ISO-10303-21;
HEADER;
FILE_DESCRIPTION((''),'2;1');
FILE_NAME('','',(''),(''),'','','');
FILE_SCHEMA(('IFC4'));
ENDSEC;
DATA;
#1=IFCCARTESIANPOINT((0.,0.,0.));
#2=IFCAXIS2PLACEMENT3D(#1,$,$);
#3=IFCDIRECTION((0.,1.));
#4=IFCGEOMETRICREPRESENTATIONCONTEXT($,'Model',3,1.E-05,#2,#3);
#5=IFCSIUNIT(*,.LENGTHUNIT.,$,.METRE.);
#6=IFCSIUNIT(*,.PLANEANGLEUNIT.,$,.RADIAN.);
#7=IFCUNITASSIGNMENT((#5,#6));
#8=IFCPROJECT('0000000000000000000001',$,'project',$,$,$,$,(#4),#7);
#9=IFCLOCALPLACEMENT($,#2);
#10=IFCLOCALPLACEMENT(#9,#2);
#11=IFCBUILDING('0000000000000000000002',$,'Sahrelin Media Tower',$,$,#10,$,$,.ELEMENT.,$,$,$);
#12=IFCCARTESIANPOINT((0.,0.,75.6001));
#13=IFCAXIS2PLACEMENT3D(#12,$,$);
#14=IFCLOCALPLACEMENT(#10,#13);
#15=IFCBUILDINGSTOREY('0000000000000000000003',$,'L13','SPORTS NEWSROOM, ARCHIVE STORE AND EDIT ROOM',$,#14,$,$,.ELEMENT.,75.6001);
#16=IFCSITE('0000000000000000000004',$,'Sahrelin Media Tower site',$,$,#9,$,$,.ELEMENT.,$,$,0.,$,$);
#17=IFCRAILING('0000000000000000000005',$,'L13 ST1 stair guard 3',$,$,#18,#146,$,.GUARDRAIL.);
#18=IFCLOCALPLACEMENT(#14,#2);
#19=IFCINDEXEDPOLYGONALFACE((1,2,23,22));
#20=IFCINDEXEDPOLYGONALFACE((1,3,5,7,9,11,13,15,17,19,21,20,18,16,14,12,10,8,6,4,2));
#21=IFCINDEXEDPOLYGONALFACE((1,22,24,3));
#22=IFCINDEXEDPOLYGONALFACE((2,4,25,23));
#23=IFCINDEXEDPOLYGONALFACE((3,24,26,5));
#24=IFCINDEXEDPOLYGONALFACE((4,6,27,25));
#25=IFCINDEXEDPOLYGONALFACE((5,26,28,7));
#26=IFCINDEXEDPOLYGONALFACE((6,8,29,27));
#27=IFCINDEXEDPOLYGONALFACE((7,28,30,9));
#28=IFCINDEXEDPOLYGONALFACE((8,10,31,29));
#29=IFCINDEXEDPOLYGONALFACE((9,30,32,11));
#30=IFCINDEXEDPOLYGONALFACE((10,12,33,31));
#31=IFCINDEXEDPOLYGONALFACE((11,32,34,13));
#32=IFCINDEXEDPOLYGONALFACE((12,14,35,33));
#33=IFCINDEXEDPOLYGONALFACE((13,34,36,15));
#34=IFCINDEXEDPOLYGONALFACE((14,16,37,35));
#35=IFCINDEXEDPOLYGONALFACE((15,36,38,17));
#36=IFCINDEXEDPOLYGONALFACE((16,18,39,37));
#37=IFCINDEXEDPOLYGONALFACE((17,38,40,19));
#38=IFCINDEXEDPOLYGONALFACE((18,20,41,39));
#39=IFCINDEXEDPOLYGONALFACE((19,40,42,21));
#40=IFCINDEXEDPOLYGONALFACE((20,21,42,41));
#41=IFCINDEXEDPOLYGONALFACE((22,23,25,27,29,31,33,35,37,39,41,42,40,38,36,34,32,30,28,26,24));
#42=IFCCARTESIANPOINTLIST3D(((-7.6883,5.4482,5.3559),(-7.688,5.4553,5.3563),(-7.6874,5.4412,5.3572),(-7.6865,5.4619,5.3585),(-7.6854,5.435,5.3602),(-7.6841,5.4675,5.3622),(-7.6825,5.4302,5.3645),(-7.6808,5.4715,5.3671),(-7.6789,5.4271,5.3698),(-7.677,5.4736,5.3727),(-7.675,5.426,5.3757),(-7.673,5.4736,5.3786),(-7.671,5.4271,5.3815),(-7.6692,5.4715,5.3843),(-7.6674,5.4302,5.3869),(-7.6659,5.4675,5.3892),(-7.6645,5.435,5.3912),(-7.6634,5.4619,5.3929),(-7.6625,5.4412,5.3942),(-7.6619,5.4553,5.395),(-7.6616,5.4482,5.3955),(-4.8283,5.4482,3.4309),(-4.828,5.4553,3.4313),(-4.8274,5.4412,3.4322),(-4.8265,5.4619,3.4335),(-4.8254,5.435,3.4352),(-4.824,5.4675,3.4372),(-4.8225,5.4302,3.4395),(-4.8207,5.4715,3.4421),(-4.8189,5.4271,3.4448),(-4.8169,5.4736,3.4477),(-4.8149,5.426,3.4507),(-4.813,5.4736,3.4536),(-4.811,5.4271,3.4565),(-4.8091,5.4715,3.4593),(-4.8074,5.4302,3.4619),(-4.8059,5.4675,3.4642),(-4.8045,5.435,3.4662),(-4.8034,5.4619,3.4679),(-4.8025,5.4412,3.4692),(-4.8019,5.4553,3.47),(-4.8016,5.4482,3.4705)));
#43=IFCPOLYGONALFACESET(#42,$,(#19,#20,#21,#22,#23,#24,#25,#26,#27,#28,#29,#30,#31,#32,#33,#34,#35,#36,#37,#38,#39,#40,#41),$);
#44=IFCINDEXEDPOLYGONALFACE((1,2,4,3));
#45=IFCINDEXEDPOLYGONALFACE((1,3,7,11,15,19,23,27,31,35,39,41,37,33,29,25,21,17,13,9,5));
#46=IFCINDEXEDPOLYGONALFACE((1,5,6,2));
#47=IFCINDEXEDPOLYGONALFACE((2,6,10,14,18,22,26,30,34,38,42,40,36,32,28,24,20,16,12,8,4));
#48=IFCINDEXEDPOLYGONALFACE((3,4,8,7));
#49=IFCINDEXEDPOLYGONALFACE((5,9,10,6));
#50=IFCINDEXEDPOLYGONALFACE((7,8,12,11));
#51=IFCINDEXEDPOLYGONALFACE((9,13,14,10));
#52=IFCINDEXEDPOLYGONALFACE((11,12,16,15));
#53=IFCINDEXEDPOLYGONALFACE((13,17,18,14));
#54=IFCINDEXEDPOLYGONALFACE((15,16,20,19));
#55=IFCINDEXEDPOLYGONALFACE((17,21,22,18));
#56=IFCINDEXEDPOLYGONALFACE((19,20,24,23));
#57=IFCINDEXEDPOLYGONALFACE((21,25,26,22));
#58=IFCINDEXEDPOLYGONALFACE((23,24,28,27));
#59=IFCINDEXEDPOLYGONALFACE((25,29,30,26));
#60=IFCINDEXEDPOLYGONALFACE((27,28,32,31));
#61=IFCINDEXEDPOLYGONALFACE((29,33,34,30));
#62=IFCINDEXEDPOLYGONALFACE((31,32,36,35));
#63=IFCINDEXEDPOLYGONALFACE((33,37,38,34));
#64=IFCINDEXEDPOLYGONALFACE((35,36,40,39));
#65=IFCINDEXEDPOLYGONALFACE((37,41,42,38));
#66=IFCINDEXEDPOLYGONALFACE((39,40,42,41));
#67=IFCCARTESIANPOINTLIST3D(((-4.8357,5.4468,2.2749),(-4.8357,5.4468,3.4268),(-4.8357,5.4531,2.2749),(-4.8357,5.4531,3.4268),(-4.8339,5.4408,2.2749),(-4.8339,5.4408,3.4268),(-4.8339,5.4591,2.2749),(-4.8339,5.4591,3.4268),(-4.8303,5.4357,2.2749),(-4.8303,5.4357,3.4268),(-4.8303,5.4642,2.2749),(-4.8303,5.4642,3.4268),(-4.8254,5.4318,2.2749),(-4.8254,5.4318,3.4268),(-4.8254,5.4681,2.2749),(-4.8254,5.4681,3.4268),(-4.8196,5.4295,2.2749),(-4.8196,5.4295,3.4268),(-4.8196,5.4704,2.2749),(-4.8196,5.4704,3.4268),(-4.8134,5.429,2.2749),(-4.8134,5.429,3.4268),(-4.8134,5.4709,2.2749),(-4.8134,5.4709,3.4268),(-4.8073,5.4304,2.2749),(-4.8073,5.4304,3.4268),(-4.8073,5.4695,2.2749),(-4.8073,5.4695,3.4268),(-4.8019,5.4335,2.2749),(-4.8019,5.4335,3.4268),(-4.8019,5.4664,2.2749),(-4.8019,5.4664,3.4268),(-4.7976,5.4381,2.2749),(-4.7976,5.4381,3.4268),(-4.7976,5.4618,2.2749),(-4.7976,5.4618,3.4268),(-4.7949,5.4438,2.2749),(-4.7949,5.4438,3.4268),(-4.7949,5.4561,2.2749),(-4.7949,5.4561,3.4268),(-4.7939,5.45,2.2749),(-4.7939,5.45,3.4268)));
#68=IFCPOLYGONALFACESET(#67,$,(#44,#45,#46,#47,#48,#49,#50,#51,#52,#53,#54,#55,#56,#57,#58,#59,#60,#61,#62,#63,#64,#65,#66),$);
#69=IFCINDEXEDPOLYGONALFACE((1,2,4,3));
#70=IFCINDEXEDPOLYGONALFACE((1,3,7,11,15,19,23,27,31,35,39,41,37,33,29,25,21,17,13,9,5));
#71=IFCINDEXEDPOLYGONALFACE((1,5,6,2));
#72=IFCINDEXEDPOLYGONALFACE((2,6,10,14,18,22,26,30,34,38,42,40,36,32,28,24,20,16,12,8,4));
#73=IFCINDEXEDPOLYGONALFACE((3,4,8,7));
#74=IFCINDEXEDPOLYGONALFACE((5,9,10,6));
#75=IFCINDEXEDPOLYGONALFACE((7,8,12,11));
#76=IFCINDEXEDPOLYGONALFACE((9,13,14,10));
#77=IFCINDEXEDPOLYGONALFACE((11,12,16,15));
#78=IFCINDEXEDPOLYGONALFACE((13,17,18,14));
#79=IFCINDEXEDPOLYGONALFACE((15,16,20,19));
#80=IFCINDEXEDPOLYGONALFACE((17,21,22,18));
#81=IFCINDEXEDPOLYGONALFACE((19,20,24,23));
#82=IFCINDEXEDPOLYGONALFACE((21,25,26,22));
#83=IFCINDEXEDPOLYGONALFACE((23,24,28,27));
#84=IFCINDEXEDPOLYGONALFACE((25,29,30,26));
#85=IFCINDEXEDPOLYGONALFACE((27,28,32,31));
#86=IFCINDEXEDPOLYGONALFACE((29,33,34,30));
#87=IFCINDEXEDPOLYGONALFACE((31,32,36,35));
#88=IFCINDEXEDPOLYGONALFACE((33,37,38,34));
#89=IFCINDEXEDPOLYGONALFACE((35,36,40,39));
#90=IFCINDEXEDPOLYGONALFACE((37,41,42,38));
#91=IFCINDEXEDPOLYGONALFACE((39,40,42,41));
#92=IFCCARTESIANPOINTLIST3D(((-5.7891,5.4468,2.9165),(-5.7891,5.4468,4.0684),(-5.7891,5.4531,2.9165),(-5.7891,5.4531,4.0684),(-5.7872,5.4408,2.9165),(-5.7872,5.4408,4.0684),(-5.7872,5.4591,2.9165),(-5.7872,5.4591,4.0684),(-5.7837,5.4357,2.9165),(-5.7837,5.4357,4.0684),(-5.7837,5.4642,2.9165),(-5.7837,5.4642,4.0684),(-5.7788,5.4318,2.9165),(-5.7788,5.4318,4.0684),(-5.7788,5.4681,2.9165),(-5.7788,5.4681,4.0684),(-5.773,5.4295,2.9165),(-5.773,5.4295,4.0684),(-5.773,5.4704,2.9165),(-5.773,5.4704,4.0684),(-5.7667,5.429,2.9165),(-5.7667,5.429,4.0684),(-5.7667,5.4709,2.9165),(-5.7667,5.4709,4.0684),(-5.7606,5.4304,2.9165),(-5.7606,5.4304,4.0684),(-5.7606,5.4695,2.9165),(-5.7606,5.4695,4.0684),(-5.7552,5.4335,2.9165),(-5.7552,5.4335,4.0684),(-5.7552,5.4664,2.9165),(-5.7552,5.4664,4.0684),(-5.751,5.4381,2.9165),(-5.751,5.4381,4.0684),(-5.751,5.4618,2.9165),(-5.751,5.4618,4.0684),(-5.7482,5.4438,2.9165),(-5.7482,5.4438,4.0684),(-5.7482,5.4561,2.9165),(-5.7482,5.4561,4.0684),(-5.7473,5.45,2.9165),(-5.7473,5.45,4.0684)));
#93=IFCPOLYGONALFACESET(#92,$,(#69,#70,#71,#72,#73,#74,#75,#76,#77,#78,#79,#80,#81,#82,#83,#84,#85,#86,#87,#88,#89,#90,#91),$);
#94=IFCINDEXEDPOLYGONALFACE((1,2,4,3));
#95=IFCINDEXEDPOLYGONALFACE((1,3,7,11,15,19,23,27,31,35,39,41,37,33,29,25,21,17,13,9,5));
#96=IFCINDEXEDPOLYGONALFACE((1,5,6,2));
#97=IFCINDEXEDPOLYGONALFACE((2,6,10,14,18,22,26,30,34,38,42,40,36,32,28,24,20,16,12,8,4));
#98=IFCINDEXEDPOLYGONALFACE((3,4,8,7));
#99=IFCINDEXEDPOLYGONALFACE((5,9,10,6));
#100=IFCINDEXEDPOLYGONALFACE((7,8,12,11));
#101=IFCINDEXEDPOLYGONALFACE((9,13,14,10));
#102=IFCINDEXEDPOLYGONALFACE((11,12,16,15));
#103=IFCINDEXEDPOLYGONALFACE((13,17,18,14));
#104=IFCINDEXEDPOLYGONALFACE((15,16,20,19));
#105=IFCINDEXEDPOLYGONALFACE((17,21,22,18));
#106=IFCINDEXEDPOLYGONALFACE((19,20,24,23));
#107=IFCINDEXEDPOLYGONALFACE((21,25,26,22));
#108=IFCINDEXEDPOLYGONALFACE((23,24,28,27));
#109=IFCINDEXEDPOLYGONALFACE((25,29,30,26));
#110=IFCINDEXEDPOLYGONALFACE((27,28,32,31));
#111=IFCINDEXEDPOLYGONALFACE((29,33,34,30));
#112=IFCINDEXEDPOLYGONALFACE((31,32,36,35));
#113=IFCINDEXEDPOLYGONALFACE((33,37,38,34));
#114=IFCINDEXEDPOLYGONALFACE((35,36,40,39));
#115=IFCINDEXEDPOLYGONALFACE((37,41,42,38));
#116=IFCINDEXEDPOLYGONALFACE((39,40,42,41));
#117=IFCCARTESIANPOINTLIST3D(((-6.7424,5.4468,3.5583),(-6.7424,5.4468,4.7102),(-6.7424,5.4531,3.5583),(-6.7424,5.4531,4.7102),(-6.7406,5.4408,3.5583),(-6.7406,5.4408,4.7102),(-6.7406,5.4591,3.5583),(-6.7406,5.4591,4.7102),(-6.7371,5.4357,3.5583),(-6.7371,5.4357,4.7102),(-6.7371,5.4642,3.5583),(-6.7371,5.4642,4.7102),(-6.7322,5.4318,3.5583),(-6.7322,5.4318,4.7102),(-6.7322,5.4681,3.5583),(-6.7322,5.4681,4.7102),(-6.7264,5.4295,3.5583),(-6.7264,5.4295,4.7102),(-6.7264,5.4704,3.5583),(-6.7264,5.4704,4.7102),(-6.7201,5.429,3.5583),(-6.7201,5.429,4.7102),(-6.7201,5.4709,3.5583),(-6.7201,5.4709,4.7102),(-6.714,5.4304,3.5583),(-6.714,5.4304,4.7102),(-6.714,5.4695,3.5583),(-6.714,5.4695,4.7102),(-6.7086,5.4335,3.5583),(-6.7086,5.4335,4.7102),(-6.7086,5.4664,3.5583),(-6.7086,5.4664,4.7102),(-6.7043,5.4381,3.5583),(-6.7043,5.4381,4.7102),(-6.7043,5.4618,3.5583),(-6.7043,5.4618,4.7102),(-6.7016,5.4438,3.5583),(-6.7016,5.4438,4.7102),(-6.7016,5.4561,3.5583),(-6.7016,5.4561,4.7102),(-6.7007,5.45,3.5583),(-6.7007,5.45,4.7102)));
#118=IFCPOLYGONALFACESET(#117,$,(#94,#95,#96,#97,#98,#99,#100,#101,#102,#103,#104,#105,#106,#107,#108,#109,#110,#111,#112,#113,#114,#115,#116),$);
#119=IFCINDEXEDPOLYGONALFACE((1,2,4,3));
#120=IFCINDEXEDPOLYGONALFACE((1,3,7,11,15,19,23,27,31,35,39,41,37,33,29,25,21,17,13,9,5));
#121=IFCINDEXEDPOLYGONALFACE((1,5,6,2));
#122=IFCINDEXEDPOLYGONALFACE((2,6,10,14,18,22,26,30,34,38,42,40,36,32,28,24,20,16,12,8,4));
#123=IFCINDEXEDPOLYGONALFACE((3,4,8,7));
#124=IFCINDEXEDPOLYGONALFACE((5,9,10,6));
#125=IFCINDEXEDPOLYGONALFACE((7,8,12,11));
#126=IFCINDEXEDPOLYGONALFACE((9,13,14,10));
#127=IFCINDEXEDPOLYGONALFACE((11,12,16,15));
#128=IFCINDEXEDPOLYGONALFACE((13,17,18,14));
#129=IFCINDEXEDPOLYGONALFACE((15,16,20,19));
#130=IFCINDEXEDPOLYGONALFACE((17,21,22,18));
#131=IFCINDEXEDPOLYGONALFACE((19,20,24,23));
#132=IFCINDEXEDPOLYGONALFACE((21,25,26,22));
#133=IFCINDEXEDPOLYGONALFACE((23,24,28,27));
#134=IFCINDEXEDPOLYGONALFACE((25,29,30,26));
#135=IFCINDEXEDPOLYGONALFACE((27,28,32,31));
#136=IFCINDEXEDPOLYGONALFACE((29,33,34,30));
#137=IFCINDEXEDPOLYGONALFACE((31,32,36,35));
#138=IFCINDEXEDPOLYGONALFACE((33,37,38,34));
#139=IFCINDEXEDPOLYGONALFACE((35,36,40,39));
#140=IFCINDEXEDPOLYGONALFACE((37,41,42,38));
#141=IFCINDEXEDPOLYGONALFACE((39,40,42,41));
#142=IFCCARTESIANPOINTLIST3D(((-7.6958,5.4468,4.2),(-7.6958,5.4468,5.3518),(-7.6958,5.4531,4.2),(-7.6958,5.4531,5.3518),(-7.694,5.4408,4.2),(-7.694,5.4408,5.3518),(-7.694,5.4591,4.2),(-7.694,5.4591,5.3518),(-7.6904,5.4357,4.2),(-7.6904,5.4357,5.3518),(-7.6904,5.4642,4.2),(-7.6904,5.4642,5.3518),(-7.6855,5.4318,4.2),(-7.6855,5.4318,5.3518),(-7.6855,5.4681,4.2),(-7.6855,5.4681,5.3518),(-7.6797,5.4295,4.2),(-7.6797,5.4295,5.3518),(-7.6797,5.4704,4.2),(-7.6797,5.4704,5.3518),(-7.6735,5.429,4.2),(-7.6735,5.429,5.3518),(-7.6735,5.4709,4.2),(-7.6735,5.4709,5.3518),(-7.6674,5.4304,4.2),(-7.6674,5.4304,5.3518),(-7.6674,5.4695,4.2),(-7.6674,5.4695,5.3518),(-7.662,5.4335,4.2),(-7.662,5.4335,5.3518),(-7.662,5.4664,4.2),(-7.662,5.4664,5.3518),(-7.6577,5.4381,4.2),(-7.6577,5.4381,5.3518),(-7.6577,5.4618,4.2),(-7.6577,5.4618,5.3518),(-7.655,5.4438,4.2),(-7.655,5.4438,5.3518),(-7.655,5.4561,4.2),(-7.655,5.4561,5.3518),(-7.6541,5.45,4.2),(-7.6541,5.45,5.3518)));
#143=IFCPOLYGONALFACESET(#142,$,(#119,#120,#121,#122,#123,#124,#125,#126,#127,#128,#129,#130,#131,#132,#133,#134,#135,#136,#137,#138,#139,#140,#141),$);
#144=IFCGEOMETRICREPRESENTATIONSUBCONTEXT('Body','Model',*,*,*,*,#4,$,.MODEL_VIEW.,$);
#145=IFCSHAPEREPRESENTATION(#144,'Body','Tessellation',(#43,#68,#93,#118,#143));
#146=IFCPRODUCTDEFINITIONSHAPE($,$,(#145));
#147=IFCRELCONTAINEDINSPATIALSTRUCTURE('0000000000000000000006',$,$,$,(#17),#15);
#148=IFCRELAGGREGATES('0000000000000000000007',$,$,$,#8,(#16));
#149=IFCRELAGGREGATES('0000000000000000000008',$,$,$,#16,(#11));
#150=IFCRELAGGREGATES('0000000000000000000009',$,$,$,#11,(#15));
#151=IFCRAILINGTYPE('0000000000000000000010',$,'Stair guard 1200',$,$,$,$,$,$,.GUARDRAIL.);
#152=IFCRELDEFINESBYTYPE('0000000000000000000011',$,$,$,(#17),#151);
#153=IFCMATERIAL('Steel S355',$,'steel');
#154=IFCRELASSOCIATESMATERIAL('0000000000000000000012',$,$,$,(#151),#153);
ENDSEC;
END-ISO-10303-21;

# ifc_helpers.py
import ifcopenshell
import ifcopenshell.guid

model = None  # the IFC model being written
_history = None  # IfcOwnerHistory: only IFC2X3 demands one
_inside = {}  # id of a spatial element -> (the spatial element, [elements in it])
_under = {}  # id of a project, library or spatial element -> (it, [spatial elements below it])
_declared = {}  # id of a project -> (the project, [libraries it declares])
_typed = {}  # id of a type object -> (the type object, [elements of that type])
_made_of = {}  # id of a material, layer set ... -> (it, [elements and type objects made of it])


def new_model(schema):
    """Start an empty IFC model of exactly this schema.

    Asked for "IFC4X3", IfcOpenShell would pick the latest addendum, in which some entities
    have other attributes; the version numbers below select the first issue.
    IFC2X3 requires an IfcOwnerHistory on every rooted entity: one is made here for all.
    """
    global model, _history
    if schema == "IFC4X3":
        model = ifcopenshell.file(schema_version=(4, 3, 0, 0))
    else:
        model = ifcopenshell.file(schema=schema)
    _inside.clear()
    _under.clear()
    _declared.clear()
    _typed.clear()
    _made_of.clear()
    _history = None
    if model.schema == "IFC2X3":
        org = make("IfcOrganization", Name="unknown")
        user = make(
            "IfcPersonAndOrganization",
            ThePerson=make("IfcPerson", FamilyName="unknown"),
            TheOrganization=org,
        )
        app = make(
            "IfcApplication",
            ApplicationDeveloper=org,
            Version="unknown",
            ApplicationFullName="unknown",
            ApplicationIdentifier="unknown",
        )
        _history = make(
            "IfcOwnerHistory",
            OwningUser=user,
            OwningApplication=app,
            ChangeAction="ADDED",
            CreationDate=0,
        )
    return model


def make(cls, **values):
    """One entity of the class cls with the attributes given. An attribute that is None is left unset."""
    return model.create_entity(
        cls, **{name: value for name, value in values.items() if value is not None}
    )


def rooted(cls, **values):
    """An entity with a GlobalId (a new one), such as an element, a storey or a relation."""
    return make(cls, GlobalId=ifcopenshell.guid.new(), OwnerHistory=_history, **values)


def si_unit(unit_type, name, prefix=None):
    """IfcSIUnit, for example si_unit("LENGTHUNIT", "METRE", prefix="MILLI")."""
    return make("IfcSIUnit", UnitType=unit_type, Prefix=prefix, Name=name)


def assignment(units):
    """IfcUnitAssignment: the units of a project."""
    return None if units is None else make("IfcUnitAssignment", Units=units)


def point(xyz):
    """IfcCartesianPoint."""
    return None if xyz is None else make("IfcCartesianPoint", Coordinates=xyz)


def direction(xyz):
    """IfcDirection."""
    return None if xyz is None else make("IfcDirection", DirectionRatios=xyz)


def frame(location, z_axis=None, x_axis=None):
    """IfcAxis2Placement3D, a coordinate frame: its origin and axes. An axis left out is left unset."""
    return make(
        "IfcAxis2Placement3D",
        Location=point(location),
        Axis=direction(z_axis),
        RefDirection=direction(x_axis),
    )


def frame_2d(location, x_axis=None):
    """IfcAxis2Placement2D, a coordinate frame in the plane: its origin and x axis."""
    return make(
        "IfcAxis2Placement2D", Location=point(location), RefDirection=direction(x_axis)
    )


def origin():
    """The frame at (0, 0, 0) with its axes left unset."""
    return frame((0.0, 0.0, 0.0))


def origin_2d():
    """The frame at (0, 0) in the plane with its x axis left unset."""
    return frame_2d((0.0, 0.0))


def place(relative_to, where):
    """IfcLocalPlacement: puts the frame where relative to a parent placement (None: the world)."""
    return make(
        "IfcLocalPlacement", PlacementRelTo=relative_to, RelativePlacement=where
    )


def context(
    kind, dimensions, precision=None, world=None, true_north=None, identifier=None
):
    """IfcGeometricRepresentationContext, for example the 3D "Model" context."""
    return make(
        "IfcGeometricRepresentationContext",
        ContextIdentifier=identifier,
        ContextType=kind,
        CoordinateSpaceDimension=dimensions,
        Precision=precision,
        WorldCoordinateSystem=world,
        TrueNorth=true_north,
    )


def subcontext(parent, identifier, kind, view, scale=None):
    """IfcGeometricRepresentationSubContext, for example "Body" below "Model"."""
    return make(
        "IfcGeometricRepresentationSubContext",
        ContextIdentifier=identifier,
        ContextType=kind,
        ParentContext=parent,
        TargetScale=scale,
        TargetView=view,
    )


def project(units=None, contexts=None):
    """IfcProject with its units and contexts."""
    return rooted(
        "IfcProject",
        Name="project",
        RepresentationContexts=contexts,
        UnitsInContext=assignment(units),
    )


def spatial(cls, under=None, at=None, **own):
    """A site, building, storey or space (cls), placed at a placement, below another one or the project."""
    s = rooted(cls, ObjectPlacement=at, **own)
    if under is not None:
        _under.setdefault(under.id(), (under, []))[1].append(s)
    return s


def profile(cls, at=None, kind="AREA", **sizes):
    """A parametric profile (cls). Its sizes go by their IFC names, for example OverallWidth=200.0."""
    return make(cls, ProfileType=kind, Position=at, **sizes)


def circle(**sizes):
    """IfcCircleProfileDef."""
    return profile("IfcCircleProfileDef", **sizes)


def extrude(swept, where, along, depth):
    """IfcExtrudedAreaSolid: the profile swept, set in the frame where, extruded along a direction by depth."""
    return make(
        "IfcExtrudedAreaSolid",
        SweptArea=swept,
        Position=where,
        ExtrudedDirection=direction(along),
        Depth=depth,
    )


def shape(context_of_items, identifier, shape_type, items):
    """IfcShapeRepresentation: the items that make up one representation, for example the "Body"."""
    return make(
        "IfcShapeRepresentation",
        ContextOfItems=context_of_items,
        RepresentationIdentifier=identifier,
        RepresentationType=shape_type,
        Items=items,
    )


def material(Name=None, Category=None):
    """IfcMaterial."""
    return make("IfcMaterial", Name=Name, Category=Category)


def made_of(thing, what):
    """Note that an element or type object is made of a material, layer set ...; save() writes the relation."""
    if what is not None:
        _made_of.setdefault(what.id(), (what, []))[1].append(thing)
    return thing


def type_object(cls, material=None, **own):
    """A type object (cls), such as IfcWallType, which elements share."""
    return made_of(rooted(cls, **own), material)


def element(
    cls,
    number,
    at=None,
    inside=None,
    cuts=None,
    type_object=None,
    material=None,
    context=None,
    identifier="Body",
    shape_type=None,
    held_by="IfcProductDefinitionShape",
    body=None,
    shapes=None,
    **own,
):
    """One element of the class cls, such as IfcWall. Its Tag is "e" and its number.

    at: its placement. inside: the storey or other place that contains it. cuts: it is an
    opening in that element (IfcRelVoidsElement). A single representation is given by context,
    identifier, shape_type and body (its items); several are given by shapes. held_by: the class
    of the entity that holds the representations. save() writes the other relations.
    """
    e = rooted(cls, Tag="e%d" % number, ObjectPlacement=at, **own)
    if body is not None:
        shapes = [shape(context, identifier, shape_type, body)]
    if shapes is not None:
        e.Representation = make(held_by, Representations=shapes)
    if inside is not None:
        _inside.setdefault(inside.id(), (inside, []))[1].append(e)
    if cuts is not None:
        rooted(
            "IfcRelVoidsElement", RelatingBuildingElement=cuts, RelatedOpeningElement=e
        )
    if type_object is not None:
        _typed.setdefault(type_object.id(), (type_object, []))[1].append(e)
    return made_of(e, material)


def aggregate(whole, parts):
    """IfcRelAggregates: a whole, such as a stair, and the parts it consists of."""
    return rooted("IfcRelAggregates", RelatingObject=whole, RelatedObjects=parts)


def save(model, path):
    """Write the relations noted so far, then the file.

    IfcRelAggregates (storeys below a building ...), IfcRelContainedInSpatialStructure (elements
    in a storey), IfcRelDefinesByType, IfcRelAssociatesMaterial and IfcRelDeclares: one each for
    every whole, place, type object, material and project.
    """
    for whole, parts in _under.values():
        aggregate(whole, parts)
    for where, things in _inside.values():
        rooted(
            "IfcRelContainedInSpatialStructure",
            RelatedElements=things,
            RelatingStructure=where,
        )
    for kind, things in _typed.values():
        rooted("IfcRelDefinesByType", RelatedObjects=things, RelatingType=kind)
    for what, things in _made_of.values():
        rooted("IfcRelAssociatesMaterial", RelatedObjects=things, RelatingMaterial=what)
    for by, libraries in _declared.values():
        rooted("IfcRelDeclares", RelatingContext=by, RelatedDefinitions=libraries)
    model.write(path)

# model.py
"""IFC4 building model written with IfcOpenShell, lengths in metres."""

from ifc_helpers import new_model, si_unit, direction, frame, origin, origin_2d, place, context, subcontext, project, spatial, circle, extrude, material, type_object, element, save


model = new_model("IFC4")

# Units and contexts
model_context = context("Model", 3, precision=1e-05, world=origin(), true_north=direction((0.0, 1.0)))
body_context = subcontext(model_context, "Body", "Model", "MODEL_VIEW")
ifc_project = project(units=[si_unit("LENGTHUNIT", "METRE"), si_unit("PLANEANGLEUNIT", "RADIAN")], contexts=[model_context])

# Site, building, storey
site_placement = place(None, origin())
site = spatial("IfcSite", under=ifc_project, at=site_placement, Name="Sahrelin Media Tower site", CompositionType="ELEMENT", RefElevation=0.0)
building_placement = place(site_placement, origin())
building = spatial("IfcBuilding", under=site, at=building_placement, Name="Sahrelin Media Tower", CompositionType="ELEMENT")
storey_placement = place(building_placement, frame((0.0, 0.0, 75.6001)))
storey = spatial("IfcBuildingStorey", under=building, at=storey_placement, Name="L13", Description="SPORTS NEWSROOM, ARCHIVE STORE AND EDIT ROOM", CompositionType="ELEMENT", Elevation=75.6001)

# Shared definitions
ifc_material_1 = material(Name="Steel S355", Category="steel")

# Railing
railing_type_1 = type_object("IfcRailingType", Name="Stair guard 1200", PredefinedType="GUARDRAIL", material=ifc_material_1)
railing_1_placement = place(storey_placement, frame((-4.8149, 5.45, 2.2749)))
element("IfcRailing", 1, at=railing_1_placement, inside=storey, type_object=railing_type_1, Name="L13 ST1 stair guard 3", PredefinedType="GUARDRAIL", context=body_context, shape_type="SweptSolid", body=[
    extrude(circle(Radius=0.0239, at=origin_2d()), frame((0.0, 0.0, 1.1758), z_axis=(-0.829591, 0.0, 0.558372), x_axis=(0.0, -1.0, 0.0)), (0.0, 0.0, 1.0), 3.4475),
    extrude(circle(Radius=0.021, at=origin_2d()), origin(), (0.0, 0.0, 1.0), 1.1519),
    extrude(circle(Radius=0.021, at=origin_2d()), frame((-0.9534, 0.0, 0.6416)), (0.0, 0.0, 1.0), 1.1519),
    extrude(circle(Radius=0.021, at=origin_2d()), frame((-1.9067, 0.0, 1.2834)), (0.0, 0.0, 1.0), 1.1519),
    extrude(circle(Radius=0.021, at=origin_2d()), frame((-2.8601, 0.0, 1.925)), (0.0, 0.0, 1.0), 1.1519),
])

save(model, "model.ifc")
